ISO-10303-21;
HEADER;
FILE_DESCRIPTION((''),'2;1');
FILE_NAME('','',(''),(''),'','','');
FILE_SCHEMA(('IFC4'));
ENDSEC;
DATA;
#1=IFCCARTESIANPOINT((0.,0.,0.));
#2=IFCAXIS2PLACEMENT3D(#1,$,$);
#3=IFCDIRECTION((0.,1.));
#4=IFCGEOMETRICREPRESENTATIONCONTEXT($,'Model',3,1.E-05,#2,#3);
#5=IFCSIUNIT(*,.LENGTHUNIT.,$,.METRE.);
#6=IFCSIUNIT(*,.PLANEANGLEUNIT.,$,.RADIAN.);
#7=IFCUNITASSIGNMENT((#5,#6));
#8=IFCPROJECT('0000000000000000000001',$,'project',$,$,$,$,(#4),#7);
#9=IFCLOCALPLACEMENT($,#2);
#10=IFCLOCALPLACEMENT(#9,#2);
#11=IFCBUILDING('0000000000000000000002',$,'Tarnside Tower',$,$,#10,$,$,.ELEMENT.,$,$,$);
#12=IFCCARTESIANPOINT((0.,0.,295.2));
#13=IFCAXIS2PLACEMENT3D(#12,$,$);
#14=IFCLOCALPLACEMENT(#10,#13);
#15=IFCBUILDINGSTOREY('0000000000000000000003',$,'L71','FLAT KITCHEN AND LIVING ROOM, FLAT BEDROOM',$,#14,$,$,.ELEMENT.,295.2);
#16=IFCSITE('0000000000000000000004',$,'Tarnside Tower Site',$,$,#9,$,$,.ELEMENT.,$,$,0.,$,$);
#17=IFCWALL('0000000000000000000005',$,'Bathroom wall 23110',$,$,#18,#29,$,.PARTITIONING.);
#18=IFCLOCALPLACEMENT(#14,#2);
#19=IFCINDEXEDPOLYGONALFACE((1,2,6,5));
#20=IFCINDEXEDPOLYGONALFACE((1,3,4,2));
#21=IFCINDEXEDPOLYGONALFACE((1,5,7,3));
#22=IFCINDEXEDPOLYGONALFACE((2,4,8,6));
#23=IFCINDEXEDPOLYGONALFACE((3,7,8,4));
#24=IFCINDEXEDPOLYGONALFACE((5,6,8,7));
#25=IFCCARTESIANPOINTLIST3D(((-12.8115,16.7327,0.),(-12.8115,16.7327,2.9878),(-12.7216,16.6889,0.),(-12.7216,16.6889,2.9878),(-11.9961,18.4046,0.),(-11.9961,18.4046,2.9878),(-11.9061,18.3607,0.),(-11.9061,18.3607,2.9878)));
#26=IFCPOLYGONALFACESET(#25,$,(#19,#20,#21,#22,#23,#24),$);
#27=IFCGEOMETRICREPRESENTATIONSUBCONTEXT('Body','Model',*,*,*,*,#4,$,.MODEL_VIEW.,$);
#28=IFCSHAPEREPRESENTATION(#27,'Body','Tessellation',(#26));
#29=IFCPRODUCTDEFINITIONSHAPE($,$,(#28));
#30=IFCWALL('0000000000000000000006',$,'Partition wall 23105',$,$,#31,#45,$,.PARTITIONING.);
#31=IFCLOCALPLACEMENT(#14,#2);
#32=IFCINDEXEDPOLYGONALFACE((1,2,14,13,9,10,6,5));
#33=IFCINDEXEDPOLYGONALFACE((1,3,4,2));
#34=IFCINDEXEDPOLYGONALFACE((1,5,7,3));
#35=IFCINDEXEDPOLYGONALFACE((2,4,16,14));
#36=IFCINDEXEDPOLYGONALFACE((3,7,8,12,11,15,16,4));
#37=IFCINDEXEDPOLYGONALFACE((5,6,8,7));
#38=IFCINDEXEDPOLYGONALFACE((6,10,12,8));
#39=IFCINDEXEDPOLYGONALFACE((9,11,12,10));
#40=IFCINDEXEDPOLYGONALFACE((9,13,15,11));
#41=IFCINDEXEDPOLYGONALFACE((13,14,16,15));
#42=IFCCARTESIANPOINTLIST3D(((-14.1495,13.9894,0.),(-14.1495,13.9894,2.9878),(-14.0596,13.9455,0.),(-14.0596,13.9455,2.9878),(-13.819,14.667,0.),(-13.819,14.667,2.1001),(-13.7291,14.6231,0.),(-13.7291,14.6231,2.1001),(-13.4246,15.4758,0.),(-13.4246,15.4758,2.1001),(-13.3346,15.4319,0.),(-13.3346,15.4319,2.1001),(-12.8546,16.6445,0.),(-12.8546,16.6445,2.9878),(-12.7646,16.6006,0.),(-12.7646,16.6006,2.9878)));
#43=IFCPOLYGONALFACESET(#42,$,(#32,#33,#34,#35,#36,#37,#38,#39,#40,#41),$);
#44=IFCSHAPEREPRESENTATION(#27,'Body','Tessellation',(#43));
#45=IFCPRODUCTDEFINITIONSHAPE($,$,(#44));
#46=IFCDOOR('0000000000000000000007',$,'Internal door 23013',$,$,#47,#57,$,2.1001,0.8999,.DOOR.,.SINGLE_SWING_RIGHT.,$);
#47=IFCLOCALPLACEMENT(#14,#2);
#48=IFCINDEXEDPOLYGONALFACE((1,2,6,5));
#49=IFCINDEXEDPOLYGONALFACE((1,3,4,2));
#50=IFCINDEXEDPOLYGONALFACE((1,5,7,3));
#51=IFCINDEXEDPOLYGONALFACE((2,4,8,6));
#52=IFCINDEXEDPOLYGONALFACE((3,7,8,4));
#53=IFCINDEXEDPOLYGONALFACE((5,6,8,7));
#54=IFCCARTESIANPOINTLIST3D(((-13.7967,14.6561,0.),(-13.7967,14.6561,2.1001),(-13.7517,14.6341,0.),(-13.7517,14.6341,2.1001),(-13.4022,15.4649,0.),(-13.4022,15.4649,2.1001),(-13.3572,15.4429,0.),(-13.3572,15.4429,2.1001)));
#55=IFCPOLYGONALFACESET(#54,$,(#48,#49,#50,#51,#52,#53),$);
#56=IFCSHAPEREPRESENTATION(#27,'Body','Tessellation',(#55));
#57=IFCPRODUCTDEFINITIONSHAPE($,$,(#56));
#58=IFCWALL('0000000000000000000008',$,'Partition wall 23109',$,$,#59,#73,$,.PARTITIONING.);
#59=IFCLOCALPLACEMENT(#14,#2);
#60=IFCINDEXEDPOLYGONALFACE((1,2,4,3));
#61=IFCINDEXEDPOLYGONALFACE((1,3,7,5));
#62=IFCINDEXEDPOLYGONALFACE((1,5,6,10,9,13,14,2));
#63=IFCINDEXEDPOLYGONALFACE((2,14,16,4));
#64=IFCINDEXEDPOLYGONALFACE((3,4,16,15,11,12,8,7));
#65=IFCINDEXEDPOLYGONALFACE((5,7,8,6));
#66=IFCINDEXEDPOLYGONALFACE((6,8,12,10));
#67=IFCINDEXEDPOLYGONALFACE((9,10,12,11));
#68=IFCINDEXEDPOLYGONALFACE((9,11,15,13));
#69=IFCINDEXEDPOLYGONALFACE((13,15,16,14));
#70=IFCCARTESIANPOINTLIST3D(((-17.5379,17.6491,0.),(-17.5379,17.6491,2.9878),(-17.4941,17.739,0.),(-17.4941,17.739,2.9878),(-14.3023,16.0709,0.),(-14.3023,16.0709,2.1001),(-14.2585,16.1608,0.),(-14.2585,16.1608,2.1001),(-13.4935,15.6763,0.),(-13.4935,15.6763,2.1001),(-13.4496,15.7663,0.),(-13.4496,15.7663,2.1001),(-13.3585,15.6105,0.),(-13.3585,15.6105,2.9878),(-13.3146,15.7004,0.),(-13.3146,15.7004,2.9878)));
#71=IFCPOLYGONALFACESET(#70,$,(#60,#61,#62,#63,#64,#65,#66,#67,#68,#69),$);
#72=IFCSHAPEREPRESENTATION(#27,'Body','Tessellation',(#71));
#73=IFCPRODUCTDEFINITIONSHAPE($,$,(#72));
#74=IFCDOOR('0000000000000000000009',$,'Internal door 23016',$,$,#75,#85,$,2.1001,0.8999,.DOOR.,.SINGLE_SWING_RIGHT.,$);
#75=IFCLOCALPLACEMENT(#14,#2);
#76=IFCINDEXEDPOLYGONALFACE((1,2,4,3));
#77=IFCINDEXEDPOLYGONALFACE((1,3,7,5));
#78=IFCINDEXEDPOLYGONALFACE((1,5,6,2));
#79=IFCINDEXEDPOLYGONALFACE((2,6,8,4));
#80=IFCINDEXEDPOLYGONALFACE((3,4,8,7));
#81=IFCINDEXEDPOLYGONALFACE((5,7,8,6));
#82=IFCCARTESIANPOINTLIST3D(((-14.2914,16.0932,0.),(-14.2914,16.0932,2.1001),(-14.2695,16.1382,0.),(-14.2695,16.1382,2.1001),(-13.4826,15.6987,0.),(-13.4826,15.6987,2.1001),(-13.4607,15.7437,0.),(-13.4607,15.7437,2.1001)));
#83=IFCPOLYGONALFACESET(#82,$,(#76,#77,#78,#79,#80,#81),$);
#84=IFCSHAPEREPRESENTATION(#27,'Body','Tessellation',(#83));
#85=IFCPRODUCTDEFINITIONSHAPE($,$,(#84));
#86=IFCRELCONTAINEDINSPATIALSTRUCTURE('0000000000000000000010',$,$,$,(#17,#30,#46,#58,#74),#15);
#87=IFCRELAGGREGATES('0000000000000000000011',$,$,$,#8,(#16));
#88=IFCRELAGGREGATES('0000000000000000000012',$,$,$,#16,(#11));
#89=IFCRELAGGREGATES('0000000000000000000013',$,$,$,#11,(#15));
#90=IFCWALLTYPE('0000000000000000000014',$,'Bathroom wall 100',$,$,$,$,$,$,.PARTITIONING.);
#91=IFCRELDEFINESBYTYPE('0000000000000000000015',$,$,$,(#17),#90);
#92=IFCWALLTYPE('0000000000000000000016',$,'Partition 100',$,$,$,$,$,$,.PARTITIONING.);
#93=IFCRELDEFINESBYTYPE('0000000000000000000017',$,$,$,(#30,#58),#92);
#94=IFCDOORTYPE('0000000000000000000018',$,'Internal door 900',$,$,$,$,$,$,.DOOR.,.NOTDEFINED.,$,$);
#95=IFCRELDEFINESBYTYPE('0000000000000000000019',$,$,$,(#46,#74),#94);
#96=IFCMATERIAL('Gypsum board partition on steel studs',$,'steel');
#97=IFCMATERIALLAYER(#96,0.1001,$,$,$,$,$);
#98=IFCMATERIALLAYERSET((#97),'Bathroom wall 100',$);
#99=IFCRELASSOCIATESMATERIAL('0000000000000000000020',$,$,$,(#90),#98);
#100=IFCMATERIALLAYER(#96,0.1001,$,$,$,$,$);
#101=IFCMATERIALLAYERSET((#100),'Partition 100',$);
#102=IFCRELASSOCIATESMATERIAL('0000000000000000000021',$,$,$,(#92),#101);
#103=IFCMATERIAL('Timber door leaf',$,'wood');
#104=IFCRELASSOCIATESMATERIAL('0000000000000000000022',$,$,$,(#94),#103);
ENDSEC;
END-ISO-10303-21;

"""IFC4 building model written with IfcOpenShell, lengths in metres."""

from ifc_helpers import new_model, si_unit, direction, frame, frame_2d, origin, place, context, subcontext, project, spatial, rectangle, extrude, material, layer, layer_set, type_object, element, fill, save


model = new_model("IFC4")

# Units and contexts
model_context = context("Model", 3, precision=1e-05, world=origin(), true_north=direction((0.0, 1.0)))
body_context = subcontext(model_context, "Body", "Model", "MODEL_VIEW")
ifc_project = project(units=[si_unit("LENGTHUNIT", "METRE"), si_unit("PLANEANGLEUNIT", "RADIAN")], contexts=[model_context])

# Site, building, storey
site_placement = place(None, origin())
site = spatial("IfcSite", under=ifc_project, at=site_placement, Name="Tarnside Tower Site", CompositionType="ELEMENT", RefElevation=0.0)
building_placement = place(site_placement, origin())
building = spatial("IfcBuilding", under=site, at=building_placement, Name="Tarnside Tower", CompositionType="ELEMENT")
storey_placement = place(building_placement, frame((0.0, 0.0, 295.2)))
storey = spatial("IfcBuildingStorey", under=building, at=storey_placement, Name="L71", Description="FLAT KITCHEN AND LIVING ROOM, FLAT BEDROOM", CompositionType="ELEMENT", Elevation=295.2)

# Shared definitions
ifc_material_1 = material(Name="Gypsum board partition on steel studs", Category="steel")
ifc_layer_1 = layer(ifc_material_1, 0.1001)
ifc_layer_set_1 = layer_set([ifc_layer_1], Name="Bathroom wall 100")
wall_type_1 = type_object("IfcWallType", Name="Bathroom wall 100", PredefinedType="PARTITIONING", material=ifc_layer_set_1)
ifc_material_2 = material(Name="Timber door leaf", Category="wood")

# Wall
wall_1_placement = place(storey_placement, frame((-12.7666, 16.7107, 0.0), z_axis=(0.0, 0.0, 1.0), x_axis=(0.438372, 0.898794, 0.0)))
element("IfcWall", 1, at=wall_1_placement, inside=storey, type_object=wall_type_1, Name="Bathroom wall 23110", PredefinedType="PARTITIONING", context=body_context, shape_type="SweptSolid", body=[
    extrude(rectangle(XDim=1.8601, YDim=0.1001, at=frame_2d((0.9302, 0.0))), origin(), (0.0, 0.0, 1.0), 2.9878),
])

# Walls, openings, doors
ifc_layer_2 = layer(ifc_material_1, 0.1001)
ifc_layer_set_2 = layer_set([ifc_layer_2], Name="Partition 100")
wall_type_2 = type_object("IfcWallType", Name="Partition 100", PredefinedType="PARTITIONING", material=ifc_layer_set_2)
wall_2_placement = place(storey_placement, frame((-12.8096, 16.6226, 0.0), z_axis=(0.0, 0.0, 1.0), x_axis=(-0.438365, -0.898797, 0.0)))
wall_2 = element("IfcWall", 2, at=wall_2_placement, inside=storey, type_object=wall_type_2, Name="Partition wall 23105", PredefinedType="PARTITIONING", context=body_context, shape_type="SweptSolid", body=[
    extrude(rectangle(XDim=2.9541, YDim=0.1001, at=frame_2d((1.4771, 0.0))), origin(), (0.0, 0.0, 1.0), 2.9878),
])
opening_1_placement = place(wall_2_placement, frame((1.3003, 0.0, 0.0)))
opening_1 = element("IfcOpeningElement", 3, at=opening_1_placement, cuts=wall_2, PredefinedType="OPENING", context=body_context, shape_type="SweptSolid", body=[
    extrude(rectangle(XDim=0.8999, YDim=2.1001, at=frame_2d((0.45, 1.05))), frame((0.0, 0.0601, 0.0), z_axis=(0.0, -1.0, 0.0), x_axis=(1.0, 0.0, 0.0)), (0.0, 0.0, 1.0), 0.1201),
])
door_type_1 = type_object("IfcDoorType", Name="Internal door 900", OperationType="NOTDEFINED", PredefinedType="DOOR", material=ifc_material_2)
door_1_placement = place(opening_1_placement, origin())
door_1 = element("IfcDoor", 4, at=door_1_placement, inside=storey, type_object=door_type_1, Name="Internal door 23013", OperationType="SINGLE_SWING_RIGHT", OverallHeight=2.1001, OverallWidth=0.8999, PredefinedType="DOOR", context=body_context, shape_type="SweptSolid", body=[
    extrude(rectangle(XDim=0.8999, YDim=2.1001, at=frame_2d((0.45, 1.05))), frame((0.0, 0.0249, 0.0), z_axis=(0.0, -1.0, 0.0), x_axis=(1.0, 0.0, 0.0)), (0.0, 0.0, 1.0), 0.05),
])
fill(opening_1, door_1)
wall_3_placement = place(storey_placement, frame((-17.5161, 17.6941, 0.0), z_axis=(0.0, 0.0, 1.0), x_axis=(0.898784, -0.438393, 0.0)))
wall_3 = element("IfcWall", 5, at=wall_3_placement, inside=storey, type_object=wall_type_2, Name="Partition wall 23109", PredefinedType="PARTITIONING", context=body_context, shape_type="SweptSolid", body=[
    extrude(rectangle(XDim=4.6501, YDim=0.1001, at=frame_2d((2.3252, 0.0))), origin(), (0.0, 0.0, 1.0), 2.9878),
])
opening_2_placement = place(wall_3_placement, frame((3.6001, 0.0, 0.0)))
opening_2 = element("IfcOpeningElement", 6, at=opening_2_placement, cuts=wall_3, PredefinedType="OPENING", context=body_context, shape_type="SweptSolid", body=[
    extrude(rectangle(XDim=0.8999, YDim=2.1001, at=frame_2d((0.45, 1.05))), frame((0.0, 0.0601, 0.0), z_axis=(0.0, -1.0, 0.0), x_axis=(1.0, 0.0, 0.0)), (0.0, 0.0, 1.0), 0.1201),
])
door_2_placement = place(opening_2_placement, origin())
door_2 = element("IfcDoor", 7, at=door_2_placement, inside=storey, type_object=door_type_1, Name="Internal door 23016", OperationType="SINGLE_SWING_RIGHT", OverallHeight=2.1001, OverallWidth=0.8999, PredefinedType="DOOR", context=body_context, shape_type="SweptSolid", body=[
    extrude(rectangle(XDim=0.8999, YDim=2.1001, at=frame_2d((0.45, 1.05))), frame((0.0, 0.0249, 0.0), z_axis=(0.0, -1.0, 0.0), x_axis=(1.0, 0.0, 0.0)), (0.0, 0.0, 1.0), 0.05),
])
fill(opening_2, door_2)

save(model, "model.ifc")
